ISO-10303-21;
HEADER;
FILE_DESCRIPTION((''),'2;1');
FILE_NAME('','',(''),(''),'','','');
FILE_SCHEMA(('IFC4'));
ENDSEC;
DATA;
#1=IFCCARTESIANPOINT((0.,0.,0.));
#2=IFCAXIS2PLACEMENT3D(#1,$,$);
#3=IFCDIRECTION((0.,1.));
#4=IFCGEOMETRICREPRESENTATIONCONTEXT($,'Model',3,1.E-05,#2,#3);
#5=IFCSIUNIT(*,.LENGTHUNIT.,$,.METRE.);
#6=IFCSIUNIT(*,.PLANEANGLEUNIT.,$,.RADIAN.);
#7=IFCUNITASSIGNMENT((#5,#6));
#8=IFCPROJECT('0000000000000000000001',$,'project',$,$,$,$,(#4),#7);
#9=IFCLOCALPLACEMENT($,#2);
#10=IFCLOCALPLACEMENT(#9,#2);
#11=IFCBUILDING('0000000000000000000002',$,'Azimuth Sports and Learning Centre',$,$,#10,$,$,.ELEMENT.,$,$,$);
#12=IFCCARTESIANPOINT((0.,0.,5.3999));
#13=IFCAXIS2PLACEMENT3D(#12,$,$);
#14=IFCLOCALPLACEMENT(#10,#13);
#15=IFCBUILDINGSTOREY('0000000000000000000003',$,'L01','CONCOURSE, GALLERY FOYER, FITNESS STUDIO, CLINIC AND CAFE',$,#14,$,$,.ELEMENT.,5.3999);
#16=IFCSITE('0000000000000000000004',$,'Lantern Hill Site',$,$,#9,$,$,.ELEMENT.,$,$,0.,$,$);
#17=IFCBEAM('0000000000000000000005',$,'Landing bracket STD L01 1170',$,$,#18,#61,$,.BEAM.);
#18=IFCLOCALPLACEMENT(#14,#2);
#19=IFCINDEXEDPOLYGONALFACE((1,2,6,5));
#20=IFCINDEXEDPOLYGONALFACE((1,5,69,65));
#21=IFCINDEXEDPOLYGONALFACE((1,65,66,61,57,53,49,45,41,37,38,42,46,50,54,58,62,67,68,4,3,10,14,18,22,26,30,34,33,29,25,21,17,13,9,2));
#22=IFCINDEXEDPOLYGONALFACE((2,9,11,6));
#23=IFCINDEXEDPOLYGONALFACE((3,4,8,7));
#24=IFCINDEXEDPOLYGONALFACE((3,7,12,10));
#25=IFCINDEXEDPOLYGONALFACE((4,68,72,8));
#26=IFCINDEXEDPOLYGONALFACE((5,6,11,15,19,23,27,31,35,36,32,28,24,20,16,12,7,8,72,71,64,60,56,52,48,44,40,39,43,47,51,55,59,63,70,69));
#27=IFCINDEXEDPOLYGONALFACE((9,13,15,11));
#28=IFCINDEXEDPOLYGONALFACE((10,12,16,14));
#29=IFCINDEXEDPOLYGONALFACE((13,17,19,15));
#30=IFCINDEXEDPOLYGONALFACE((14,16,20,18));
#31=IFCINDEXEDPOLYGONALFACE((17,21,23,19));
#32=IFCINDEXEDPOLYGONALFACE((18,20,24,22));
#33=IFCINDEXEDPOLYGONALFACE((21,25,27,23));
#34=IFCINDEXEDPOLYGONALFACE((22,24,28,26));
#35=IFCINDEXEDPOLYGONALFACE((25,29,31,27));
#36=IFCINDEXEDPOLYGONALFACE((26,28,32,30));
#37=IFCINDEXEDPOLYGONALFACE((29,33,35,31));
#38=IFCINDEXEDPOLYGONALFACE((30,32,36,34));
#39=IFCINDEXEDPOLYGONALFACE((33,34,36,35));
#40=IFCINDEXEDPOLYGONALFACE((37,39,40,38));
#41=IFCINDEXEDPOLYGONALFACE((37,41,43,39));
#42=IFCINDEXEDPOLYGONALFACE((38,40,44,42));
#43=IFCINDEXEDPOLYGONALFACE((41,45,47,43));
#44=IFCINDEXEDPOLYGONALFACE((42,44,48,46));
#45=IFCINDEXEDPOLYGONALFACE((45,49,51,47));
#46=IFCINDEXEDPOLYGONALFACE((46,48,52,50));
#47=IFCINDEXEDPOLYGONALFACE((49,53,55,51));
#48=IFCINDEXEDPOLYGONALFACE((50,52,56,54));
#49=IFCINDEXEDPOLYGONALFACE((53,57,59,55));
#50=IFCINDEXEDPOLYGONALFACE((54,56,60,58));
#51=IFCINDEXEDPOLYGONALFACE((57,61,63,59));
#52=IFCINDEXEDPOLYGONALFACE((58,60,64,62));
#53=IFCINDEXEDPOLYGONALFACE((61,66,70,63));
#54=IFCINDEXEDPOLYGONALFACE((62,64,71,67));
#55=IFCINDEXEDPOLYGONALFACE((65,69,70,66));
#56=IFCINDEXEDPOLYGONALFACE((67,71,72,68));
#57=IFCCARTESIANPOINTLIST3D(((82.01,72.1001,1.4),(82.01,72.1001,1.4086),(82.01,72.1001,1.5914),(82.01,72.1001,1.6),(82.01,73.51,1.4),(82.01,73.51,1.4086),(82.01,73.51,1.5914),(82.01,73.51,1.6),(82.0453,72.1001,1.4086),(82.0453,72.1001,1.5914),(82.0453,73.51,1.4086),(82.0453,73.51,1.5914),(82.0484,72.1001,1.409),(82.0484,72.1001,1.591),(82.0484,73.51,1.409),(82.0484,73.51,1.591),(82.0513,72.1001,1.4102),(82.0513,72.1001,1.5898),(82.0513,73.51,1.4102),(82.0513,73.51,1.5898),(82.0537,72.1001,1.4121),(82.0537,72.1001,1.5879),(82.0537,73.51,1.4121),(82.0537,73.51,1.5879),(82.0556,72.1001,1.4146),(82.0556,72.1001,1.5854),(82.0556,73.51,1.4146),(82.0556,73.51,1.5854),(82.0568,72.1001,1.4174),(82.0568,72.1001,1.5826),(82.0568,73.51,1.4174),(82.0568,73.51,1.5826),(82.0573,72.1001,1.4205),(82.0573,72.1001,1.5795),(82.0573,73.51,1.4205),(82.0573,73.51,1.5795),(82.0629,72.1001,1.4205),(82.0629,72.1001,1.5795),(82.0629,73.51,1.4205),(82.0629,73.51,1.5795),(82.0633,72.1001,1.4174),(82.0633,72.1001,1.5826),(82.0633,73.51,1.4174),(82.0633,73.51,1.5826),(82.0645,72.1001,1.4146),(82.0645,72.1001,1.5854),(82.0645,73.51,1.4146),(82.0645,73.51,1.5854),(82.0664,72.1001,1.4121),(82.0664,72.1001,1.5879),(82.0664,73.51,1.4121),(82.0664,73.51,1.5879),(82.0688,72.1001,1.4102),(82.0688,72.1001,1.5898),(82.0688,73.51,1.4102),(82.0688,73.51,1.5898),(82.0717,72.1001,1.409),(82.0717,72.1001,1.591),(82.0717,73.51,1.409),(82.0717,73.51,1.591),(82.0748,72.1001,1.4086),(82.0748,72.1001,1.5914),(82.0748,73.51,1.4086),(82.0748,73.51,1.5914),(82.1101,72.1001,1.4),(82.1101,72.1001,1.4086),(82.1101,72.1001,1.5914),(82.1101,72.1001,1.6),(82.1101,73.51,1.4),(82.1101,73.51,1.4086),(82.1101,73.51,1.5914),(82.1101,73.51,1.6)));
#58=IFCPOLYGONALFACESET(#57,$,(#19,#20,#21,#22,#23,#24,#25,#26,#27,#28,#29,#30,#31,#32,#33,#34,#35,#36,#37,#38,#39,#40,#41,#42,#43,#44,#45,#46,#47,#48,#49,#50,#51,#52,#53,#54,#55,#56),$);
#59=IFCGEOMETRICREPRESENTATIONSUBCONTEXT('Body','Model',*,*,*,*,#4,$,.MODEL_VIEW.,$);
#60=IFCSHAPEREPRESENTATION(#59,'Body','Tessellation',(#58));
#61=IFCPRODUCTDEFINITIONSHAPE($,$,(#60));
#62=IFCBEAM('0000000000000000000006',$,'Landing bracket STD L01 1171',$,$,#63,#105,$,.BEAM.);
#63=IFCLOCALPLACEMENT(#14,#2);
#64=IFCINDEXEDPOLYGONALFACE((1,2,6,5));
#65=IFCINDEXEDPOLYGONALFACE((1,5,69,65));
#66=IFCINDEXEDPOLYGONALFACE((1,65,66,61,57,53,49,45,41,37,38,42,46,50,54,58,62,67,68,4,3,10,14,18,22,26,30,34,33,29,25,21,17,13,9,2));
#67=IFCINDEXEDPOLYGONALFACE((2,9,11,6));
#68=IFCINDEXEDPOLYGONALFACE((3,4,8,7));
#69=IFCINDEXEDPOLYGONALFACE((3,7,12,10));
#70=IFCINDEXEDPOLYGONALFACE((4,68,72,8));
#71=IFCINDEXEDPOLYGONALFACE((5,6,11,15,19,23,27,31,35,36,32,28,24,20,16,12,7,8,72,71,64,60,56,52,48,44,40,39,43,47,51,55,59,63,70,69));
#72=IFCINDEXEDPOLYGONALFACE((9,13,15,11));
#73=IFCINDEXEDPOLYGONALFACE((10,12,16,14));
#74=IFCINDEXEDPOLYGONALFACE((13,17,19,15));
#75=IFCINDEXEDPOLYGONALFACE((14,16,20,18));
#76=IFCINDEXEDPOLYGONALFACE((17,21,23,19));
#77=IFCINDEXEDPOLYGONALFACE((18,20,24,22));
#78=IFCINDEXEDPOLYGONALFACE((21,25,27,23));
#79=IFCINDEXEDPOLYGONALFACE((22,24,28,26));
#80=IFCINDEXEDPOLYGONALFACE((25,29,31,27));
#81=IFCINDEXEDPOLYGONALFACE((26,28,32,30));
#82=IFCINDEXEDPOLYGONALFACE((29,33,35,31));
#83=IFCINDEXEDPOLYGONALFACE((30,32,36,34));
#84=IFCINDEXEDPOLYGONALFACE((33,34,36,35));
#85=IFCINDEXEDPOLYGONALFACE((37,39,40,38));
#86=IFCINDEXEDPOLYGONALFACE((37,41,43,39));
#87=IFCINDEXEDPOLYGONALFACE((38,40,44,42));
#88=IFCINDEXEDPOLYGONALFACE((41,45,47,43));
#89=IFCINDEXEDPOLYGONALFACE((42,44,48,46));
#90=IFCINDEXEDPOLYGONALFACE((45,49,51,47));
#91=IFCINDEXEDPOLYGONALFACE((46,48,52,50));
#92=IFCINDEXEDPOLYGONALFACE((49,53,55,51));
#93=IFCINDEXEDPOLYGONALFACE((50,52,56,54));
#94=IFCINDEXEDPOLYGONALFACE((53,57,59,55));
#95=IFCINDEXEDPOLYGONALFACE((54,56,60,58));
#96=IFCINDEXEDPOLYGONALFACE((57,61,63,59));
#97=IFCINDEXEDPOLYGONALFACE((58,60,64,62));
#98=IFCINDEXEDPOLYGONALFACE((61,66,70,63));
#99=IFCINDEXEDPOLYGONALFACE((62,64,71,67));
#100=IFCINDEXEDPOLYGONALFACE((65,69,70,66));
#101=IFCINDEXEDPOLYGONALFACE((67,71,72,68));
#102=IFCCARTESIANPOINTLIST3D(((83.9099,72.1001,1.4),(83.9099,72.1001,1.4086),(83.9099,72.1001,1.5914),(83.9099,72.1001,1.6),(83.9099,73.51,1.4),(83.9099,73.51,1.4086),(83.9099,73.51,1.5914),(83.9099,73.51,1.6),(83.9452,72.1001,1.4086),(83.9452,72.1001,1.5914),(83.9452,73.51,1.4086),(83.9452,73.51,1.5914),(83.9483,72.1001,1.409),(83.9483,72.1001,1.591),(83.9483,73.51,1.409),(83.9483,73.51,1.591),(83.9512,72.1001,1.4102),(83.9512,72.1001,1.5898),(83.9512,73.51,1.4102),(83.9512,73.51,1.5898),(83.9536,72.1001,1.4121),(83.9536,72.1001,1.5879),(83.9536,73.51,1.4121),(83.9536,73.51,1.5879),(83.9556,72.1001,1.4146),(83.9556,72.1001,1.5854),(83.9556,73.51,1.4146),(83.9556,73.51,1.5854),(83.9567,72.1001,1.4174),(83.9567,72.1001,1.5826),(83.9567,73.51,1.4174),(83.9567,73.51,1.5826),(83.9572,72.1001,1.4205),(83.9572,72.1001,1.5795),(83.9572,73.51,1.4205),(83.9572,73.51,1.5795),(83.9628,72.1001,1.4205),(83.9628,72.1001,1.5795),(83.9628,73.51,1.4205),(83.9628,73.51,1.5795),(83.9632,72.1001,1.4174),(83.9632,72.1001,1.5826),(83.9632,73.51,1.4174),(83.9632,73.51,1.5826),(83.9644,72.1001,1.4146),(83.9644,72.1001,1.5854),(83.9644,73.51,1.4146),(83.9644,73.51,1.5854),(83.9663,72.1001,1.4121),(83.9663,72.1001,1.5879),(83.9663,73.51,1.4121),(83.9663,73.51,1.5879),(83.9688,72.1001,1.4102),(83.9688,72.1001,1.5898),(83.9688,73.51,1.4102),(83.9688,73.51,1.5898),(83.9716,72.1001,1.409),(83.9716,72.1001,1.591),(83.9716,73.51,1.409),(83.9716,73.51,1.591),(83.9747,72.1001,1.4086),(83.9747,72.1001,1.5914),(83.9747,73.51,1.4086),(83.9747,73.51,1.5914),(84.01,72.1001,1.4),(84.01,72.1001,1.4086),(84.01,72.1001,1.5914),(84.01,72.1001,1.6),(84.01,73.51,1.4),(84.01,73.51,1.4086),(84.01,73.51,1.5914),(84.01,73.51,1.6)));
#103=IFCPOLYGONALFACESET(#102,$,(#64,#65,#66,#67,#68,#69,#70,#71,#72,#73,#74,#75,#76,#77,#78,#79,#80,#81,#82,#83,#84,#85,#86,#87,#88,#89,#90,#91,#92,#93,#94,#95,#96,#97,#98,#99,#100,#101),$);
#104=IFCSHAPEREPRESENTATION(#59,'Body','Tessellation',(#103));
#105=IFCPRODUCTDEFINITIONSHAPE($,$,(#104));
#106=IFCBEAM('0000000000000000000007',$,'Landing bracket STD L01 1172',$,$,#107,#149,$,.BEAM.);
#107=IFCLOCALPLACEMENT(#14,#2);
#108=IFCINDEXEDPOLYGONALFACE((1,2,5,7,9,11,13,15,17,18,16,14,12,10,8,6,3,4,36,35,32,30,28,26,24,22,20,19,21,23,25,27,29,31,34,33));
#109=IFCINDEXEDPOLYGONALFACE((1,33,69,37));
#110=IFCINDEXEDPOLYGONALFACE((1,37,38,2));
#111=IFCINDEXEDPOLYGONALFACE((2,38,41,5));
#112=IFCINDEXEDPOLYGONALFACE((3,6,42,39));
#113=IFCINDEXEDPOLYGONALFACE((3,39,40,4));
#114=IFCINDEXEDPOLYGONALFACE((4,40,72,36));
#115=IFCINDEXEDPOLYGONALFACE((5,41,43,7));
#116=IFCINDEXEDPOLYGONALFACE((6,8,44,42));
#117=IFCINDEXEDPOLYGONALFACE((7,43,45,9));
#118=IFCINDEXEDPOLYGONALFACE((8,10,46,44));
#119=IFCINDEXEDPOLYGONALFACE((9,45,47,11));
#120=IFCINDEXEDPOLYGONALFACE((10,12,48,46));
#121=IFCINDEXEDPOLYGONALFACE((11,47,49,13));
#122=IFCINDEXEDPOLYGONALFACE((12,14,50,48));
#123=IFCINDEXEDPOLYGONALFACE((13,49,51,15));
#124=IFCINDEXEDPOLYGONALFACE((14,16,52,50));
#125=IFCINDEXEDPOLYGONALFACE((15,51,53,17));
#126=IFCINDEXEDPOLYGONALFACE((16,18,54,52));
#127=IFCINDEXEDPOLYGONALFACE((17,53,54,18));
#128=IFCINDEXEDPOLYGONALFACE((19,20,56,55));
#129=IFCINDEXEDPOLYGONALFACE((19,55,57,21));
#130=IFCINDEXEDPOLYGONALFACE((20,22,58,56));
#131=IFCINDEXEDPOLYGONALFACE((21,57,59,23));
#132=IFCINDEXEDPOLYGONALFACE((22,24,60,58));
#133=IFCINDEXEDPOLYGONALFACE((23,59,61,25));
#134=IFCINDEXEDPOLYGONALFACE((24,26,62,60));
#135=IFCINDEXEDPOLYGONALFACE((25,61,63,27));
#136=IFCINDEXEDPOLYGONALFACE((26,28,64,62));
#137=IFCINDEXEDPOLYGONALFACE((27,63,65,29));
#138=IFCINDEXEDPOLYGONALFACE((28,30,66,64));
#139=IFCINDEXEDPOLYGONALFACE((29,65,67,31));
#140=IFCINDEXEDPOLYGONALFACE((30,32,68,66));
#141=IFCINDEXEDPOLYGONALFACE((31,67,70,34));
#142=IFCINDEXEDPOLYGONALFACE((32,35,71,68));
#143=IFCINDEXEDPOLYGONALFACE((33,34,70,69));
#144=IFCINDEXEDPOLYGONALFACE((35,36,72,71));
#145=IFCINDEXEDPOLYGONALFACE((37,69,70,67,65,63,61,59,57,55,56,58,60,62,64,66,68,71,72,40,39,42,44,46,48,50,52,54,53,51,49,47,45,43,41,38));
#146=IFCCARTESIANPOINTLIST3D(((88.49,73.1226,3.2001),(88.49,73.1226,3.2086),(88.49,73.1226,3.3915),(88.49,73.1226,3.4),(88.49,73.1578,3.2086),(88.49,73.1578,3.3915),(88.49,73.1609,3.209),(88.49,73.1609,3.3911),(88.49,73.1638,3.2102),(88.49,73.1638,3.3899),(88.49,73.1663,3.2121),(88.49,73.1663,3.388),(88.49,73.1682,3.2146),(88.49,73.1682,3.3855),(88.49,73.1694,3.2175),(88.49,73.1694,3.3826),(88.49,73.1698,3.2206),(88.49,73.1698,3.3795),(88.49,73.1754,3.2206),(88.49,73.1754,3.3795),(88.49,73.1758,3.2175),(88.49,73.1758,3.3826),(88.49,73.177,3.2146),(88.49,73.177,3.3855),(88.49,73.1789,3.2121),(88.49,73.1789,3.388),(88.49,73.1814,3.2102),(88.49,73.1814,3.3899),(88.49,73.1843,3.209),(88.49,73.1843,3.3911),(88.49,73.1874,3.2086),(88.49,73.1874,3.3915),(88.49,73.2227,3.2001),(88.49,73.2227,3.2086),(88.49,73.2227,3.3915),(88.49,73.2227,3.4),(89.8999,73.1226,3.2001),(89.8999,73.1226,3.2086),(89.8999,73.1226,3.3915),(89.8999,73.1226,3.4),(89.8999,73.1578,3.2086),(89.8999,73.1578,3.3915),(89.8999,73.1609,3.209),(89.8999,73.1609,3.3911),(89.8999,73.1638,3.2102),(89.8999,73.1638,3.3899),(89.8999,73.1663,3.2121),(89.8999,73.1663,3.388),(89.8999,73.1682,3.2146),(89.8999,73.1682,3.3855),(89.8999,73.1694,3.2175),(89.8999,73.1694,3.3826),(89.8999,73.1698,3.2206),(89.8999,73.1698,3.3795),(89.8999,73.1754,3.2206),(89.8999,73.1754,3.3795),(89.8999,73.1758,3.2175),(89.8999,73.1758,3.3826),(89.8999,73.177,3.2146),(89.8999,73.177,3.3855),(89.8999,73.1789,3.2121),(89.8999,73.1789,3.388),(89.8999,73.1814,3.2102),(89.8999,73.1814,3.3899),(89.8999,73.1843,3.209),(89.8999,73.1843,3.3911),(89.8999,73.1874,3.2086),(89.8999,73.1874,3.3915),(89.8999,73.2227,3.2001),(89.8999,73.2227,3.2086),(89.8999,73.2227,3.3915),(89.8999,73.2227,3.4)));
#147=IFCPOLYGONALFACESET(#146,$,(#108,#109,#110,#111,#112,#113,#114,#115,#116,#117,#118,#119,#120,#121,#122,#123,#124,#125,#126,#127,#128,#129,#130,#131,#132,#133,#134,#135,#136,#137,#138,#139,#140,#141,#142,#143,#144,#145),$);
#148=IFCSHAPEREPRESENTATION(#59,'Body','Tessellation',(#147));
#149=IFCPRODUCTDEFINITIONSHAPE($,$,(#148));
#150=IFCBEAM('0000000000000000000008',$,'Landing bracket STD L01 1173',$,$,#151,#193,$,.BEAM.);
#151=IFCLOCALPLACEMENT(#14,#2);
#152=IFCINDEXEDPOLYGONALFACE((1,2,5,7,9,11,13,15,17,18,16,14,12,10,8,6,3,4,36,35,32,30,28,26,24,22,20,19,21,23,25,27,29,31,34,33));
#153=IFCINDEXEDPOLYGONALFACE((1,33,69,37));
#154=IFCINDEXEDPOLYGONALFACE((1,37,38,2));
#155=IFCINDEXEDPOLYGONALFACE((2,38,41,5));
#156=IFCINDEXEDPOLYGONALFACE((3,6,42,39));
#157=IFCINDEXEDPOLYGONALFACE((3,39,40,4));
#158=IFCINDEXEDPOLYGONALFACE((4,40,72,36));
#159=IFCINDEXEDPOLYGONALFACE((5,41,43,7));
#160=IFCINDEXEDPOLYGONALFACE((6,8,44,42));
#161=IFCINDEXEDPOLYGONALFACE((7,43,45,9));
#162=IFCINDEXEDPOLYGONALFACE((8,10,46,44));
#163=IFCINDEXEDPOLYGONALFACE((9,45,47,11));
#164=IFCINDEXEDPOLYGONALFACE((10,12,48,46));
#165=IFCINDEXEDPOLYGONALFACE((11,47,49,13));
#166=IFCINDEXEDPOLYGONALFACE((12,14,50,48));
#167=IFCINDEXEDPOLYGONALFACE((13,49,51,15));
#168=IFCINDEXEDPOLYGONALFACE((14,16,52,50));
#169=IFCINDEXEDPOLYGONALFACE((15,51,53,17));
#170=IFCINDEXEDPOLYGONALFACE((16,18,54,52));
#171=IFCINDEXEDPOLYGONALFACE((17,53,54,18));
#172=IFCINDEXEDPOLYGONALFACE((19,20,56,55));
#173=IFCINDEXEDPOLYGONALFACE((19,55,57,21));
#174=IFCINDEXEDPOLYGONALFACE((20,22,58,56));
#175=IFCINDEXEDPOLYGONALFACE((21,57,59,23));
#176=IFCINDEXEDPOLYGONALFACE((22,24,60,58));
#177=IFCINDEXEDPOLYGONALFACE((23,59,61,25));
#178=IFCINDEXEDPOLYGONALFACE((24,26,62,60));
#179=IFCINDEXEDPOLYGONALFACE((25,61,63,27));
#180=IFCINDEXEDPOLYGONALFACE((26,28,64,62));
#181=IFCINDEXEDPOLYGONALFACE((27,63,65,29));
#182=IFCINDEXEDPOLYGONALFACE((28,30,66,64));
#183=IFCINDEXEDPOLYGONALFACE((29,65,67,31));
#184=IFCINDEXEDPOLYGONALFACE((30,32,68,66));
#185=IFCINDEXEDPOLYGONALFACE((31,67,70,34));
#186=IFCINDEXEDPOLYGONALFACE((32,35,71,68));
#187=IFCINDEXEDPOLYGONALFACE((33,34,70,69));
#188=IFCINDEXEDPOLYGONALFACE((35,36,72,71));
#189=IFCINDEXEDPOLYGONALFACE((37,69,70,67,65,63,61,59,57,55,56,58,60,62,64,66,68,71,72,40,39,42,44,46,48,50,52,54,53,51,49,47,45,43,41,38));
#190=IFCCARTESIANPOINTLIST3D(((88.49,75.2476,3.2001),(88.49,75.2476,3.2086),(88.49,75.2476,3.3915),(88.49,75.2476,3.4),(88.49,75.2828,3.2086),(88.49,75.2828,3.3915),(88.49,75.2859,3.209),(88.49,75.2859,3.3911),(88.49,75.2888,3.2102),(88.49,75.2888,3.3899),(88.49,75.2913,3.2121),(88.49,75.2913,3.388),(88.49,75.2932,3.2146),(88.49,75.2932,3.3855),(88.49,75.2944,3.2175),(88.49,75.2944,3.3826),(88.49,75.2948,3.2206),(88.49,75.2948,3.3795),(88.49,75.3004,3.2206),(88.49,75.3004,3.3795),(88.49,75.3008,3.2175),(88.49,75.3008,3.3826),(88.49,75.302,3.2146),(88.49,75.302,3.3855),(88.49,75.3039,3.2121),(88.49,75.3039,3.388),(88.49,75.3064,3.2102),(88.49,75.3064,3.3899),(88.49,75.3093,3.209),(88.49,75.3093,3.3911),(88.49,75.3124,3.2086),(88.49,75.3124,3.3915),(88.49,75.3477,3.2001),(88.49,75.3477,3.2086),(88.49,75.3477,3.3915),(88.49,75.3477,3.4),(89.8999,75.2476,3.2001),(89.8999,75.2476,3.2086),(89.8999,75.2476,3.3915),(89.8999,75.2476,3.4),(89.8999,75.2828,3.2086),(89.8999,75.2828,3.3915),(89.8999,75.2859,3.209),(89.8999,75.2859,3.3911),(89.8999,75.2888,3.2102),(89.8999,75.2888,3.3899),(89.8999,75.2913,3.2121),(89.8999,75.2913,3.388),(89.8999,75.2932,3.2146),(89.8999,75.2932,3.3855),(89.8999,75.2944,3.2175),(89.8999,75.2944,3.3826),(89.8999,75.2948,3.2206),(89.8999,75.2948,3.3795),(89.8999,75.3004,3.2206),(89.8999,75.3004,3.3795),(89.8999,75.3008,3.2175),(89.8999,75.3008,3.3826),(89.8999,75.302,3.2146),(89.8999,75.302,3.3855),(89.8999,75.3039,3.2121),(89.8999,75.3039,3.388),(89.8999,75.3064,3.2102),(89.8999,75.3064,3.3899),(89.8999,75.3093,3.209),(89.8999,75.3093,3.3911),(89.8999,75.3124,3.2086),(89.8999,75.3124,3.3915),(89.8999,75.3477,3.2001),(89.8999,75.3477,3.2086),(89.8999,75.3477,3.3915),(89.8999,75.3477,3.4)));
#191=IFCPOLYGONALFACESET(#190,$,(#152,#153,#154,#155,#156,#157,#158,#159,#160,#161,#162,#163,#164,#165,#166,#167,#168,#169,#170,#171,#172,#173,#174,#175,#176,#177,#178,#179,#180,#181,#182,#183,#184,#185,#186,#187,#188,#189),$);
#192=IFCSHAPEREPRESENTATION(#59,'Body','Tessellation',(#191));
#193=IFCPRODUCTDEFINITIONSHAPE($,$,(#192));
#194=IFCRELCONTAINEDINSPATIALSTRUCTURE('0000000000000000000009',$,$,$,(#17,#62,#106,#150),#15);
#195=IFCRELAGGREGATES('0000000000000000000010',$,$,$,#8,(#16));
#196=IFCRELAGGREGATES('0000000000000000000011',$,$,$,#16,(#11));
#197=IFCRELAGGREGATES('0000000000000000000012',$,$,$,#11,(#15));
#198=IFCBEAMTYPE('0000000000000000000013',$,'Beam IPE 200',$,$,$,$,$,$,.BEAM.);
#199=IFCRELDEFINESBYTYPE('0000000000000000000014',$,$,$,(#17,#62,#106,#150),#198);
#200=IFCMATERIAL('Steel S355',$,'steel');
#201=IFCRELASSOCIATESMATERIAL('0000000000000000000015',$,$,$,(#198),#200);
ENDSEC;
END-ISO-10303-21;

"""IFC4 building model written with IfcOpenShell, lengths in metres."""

from ifc_helpers import new_model, si_unit, direction, frame, origin, origin_2d, place, context, subcontext, project, spatial, i_section, extrude, material, material_profile, profile_set, type_object, element, save


model = new_model("IFC4")

# Units and contexts
model_context = context("Model", 3, precision=1e-05, world=origin(), true_north=direction((0.0, 1.0)))
body_context = subcontext(model_context, "Body", "Model", "MODEL_VIEW")
ifc_project = project(units=[si_unit("LENGTHUNIT", "METRE"), si_unit("PLANEANGLEUNIT", "RADIAN")], contexts=[model_context])

# Site, building, storey
site_placement = place(None, origin())
site = spatial("IfcSite", under=ifc_project, at=site_placement, Name="Lantern Hill Site", CompositionType="ELEMENT", RefElevation=0.0)
building_placement = place(site_placement, origin())
building = spatial("IfcBuilding", under=site, at=building_placement, Name="Azimuth Sports and Learning Centre", CompositionType="ELEMENT")
storey_placement = place(building_placement, frame((0.0, 0.0, 5.3999)))
storey = spatial("IfcBuildingStorey", under=building, at=storey_placement, Name="L01", Description="CONCOURSE, GALLERY FOYER, FITNESS STUDIO, CLINIC AND CAFE", CompositionType="ELEMENT", Elevation=5.3999)

# Beams
ifc_material_1 = material(Name="Steel S355", Category="steel")
ifc_material_profile_1 = material_profile(ifc_material_1, i_section(OverallWidth=0.1001, OverallDepth=0.2, WebThickness=0.0056, FlangeThickness=0.0085, FilletRadius=0.012, at=origin_2d()), Name="IPE 200")
ifc_profile_set_1 = profile_set([ifc_material_profile_1], Name="Steel S355")
beam_type_1 = type_object("IfcBeamType", Name="Beam IPE 200", PredefinedType="BEAM", material=ifc_profile_set_1)
for number, where, z_axis, x_axis, name in (
    (1, (82.0601, 72.1001, 1.5), (0.0, 1.0, 0.0), (-1.0, 0.0, 0.0), "Landing bracket STD L01 1170"),
    (2, (83.96, 72.1001, 1.5), (0.0, 1.0, 0.0), (-1.0, 0.0, 0.0), "Landing bracket STD L01 1171"),
    (3, (89.8999, 73.1726, 3.3), (-1.0, 0.0, 0.0), (0.0, -1.0, 0.0), "Landing bracket STD L01 1172"),
    (4, (89.8999, 75.2976, 3.3), (-1.0, 0.0, 0.0), (0.0, -1.0, 0.0), "Landing bracket STD L01 1173"),
):
    element("IfcBeam", number, at=place(storey_placement, frame(where, z_axis=z_axis, x_axis=x_axis)), inside=storey, type_object=beam_type_1, Name=name, PredefinedType="BEAM", context=body_context, shape_type="SweptSolid", body=[
        extrude(i_section(OverallWidth=0.1001, OverallDepth=0.2, WebThickness=0.0056, FlangeThickness=0.0085, FilletRadius=0.012, at=origin_2d()), origin(), (0.0, 0.0, 1.0), 1.4099),
    ])

save(model, "model.ifc")
